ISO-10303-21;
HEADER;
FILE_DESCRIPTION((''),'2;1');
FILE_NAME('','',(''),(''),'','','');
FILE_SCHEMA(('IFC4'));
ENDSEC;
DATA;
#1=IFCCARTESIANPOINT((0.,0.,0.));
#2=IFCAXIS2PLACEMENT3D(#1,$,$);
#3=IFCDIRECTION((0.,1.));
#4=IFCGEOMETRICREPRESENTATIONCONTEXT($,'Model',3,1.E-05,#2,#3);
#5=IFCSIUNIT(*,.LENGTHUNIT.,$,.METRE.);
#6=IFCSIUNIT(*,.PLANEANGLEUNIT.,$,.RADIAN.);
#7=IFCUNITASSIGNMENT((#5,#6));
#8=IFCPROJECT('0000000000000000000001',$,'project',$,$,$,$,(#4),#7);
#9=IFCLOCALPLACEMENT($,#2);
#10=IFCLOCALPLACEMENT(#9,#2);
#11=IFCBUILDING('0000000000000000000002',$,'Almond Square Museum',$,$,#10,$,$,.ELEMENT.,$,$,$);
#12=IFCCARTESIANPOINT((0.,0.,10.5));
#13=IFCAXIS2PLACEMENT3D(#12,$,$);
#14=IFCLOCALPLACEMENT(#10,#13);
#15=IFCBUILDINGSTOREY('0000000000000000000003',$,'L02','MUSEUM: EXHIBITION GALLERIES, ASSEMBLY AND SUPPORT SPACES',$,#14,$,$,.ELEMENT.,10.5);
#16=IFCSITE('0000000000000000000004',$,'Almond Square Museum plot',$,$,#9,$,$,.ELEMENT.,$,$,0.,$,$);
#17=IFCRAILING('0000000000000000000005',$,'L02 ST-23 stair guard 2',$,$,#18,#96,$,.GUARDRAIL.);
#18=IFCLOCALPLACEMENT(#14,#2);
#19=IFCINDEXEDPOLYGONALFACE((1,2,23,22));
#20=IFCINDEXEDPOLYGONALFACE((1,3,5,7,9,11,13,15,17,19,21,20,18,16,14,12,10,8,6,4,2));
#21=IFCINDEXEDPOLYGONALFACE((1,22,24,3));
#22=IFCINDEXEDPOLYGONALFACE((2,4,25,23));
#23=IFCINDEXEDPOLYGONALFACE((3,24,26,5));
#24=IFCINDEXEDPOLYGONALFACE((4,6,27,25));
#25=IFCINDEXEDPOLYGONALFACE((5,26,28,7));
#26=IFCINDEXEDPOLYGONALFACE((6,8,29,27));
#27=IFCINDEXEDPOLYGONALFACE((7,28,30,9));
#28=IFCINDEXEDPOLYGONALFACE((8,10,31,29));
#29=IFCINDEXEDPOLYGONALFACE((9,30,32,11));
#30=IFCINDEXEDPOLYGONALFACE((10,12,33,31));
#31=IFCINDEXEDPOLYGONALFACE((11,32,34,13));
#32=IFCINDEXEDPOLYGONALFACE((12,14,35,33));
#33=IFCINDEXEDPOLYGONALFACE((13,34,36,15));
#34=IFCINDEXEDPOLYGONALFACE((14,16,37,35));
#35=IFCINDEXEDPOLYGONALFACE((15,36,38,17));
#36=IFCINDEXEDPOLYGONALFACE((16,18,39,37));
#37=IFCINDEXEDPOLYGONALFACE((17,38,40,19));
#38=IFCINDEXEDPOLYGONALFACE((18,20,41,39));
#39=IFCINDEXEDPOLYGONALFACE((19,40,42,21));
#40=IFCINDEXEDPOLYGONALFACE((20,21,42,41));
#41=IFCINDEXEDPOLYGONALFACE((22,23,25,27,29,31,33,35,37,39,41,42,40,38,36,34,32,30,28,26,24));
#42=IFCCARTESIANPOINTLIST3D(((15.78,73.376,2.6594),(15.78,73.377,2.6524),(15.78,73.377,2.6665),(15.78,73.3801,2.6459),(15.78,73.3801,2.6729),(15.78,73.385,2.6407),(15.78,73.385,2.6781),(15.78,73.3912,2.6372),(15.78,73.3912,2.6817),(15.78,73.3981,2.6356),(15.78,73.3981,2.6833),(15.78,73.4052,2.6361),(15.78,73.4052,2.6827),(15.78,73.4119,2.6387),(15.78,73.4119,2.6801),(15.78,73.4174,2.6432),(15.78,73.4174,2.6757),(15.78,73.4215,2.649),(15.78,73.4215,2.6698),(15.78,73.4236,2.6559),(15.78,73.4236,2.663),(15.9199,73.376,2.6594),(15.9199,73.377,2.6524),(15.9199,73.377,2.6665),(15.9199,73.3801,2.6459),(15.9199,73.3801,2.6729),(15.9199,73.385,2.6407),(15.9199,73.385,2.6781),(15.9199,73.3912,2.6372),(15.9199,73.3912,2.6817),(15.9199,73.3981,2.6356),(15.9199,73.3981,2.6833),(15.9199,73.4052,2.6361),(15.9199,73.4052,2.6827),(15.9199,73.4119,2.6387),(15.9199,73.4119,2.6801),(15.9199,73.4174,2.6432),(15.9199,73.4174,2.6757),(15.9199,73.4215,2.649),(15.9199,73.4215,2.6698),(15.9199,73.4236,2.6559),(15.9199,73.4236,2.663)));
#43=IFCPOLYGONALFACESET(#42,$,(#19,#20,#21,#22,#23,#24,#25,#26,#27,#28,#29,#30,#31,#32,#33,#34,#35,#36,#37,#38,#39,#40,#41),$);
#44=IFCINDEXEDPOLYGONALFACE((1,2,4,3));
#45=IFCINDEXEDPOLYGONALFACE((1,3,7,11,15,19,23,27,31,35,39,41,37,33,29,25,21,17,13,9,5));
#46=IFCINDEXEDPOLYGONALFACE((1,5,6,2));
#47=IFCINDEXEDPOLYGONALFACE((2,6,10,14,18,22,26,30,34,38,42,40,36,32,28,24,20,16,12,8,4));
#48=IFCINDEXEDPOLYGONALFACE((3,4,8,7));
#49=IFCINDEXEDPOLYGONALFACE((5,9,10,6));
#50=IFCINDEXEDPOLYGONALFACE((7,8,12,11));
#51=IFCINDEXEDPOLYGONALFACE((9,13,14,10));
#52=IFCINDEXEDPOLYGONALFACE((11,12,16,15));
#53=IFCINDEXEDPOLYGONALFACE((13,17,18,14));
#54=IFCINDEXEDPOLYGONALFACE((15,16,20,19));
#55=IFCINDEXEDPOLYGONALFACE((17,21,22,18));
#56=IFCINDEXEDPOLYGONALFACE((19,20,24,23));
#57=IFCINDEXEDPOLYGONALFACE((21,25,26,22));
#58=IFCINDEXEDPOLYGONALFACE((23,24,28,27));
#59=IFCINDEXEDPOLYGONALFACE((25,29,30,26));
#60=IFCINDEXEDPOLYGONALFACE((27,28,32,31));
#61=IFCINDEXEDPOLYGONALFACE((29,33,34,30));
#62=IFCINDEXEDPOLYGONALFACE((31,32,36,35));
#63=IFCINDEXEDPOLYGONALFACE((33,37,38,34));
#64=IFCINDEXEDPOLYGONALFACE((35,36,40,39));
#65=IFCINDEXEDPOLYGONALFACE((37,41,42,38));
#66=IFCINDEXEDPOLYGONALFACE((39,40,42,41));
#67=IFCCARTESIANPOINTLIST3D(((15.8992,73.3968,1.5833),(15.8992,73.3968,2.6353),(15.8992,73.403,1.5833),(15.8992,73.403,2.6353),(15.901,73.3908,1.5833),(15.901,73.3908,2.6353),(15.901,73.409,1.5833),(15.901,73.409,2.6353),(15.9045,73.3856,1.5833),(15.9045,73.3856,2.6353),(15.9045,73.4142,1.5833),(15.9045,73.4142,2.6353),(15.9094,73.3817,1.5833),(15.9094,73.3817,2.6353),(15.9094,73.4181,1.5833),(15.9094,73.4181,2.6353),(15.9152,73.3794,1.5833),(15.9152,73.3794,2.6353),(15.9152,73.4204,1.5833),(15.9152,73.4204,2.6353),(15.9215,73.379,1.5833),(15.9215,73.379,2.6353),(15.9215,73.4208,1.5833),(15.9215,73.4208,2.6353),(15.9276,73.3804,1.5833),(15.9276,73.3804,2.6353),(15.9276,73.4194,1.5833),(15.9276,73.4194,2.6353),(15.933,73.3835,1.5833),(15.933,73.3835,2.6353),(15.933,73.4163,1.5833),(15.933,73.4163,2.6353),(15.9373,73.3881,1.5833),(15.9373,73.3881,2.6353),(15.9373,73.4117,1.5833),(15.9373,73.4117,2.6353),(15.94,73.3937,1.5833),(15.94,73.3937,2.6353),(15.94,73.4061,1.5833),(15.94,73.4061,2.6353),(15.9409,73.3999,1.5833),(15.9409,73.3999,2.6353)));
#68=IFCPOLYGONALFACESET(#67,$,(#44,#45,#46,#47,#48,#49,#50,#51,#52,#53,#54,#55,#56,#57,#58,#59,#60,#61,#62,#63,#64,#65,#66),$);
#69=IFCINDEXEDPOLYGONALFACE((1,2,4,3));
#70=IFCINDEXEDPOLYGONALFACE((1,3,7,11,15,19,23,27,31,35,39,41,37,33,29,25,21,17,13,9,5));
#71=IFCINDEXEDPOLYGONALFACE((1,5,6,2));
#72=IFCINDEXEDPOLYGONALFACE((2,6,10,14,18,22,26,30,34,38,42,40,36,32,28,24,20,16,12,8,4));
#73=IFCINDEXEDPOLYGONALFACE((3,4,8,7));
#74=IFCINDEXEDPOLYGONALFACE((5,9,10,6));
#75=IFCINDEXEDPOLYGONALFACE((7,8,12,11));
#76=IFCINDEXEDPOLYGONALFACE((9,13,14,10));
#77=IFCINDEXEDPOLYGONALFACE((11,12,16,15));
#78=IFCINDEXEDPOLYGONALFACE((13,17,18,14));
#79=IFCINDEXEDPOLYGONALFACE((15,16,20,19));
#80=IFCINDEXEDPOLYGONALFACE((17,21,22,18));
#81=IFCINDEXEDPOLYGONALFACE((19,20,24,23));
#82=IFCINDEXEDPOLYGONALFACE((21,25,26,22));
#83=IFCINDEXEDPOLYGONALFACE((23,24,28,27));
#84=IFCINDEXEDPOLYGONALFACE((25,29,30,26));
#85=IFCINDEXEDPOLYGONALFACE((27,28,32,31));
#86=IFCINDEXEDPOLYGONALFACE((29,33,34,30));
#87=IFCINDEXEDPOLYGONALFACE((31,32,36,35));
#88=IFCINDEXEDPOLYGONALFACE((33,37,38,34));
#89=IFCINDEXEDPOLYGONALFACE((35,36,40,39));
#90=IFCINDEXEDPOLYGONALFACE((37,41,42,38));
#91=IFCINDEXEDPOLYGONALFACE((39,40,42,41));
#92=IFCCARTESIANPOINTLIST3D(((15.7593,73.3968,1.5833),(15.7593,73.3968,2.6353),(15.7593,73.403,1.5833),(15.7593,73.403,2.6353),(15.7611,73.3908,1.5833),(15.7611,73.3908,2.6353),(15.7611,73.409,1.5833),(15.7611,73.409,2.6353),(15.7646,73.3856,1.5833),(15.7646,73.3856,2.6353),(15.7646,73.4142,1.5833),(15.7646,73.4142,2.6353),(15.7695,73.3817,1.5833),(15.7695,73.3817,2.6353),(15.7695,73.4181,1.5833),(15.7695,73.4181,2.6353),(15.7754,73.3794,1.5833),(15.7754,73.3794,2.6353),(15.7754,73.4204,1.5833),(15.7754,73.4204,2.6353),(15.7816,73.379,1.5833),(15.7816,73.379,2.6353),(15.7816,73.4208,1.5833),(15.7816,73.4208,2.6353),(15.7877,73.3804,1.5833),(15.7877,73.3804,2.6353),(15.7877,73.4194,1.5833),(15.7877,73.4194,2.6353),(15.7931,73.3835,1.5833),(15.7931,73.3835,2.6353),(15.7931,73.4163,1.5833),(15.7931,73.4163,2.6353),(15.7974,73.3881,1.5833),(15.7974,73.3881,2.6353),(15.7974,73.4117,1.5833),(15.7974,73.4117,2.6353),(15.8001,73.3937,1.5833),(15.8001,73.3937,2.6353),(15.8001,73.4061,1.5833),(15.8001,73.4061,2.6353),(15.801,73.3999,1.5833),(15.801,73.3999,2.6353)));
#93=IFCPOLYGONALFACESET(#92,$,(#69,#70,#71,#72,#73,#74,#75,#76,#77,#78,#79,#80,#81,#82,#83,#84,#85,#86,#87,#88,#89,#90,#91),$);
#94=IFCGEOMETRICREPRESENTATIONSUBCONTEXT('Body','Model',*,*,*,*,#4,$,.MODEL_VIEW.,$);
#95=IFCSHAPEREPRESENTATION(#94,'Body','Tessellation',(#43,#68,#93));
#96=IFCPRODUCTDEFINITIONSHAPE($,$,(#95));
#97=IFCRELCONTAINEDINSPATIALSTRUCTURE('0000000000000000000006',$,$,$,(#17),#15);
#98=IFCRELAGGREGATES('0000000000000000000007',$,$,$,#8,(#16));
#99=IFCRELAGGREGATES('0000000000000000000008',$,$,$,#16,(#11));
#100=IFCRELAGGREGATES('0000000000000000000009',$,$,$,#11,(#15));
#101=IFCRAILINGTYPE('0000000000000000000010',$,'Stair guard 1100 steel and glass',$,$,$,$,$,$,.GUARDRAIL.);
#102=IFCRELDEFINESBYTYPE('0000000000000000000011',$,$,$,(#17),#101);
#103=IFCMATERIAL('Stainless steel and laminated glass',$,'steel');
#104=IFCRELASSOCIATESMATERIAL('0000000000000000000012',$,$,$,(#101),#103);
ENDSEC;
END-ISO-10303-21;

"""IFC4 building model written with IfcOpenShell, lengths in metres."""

from ifc_helpers import new_model, si_unit, direction, frame, origin, origin_2d, place, context, subcontext, project, spatial, circle, extrude, material, type_object, element, save


model = new_model("IFC4")

# Units and contexts
model_context = context("Model", 3, precision=1e-05, world=origin(), true_north=direction((0.0, 1.0)))
body_context = subcontext(model_context, "Body", "Model", "MODEL_VIEW")
ifc_project = project(units=[si_unit("LENGTHUNIT", "METRE"), si_unit("PLANEANGLEUNIT", "RADIAN")], contexts=[model_context])

# Site, building, storey
site_placement = place(None, origin())
site = spatial("IfcSite", under=ifc_project, at=site_placement, Name="Almond Square Museum plot", CompositionType="ELEMENT", RefElevation=0.0)
building_placement = place(site_placement, origin())
building = spatial("IfcBuilding", under=site, at=building_placement, Name="Almond Square Museum", CompositionType="ELEMENT")
storey_placement = place(building_placement, frame((0.0, 0.0, 10.5)))
storey = spatial("IfcBuildingStorey", under=building, at=storey_placement, Name="L02", Description="MUSEUM: EXHIBITION GALLERIES, ASSEMBLY AND SUPPORT SPACES", CompositionType="ELEMENT", Elevation=10.5)

# Railing
ifc_material_1 = material(Name="Stainless steel and laminated glass", Category="steel")
railing_type_1 = type_object("IfcRailingType", Name="Stair guard 1100 steel and glass", PredefinedType="GUARDRAIL", material=ifc_material_1)
railing_1_placement = place(storey_placement, frame((15.9199, 73.3999, 1.5833)))
element("IfcRailing", 1, at=railing_1_placement, inside=storey, type_object=railing_type_1, Name="L02 ST-23 stair guard 2", PredefinedType="GUARDRAIL", context=body_context, shape_type="SweptSolid", body=[
    extrude(circle(Radius=0.0239, at=origin_2d()), frame((0.0, 0.0, 1.0762), z_axis=(-1.0, 0.0, 0.0), x_axis=(0.0, -1.0, 0.0)), (0.0, 0.0, 1.0), 0.1399),
    extrude(circle(Radius=0.021, at=origin_2d()), origin(), (0.0, 0.0, 1.0), 1.052),
    extrude(circle(Radius=0.021, at=origin_2d()), frame((-0.1399, 0.0, 0.0)), (0.0, 0.0, 1.0), 1.052),
])

save(model, "model.ifc")
